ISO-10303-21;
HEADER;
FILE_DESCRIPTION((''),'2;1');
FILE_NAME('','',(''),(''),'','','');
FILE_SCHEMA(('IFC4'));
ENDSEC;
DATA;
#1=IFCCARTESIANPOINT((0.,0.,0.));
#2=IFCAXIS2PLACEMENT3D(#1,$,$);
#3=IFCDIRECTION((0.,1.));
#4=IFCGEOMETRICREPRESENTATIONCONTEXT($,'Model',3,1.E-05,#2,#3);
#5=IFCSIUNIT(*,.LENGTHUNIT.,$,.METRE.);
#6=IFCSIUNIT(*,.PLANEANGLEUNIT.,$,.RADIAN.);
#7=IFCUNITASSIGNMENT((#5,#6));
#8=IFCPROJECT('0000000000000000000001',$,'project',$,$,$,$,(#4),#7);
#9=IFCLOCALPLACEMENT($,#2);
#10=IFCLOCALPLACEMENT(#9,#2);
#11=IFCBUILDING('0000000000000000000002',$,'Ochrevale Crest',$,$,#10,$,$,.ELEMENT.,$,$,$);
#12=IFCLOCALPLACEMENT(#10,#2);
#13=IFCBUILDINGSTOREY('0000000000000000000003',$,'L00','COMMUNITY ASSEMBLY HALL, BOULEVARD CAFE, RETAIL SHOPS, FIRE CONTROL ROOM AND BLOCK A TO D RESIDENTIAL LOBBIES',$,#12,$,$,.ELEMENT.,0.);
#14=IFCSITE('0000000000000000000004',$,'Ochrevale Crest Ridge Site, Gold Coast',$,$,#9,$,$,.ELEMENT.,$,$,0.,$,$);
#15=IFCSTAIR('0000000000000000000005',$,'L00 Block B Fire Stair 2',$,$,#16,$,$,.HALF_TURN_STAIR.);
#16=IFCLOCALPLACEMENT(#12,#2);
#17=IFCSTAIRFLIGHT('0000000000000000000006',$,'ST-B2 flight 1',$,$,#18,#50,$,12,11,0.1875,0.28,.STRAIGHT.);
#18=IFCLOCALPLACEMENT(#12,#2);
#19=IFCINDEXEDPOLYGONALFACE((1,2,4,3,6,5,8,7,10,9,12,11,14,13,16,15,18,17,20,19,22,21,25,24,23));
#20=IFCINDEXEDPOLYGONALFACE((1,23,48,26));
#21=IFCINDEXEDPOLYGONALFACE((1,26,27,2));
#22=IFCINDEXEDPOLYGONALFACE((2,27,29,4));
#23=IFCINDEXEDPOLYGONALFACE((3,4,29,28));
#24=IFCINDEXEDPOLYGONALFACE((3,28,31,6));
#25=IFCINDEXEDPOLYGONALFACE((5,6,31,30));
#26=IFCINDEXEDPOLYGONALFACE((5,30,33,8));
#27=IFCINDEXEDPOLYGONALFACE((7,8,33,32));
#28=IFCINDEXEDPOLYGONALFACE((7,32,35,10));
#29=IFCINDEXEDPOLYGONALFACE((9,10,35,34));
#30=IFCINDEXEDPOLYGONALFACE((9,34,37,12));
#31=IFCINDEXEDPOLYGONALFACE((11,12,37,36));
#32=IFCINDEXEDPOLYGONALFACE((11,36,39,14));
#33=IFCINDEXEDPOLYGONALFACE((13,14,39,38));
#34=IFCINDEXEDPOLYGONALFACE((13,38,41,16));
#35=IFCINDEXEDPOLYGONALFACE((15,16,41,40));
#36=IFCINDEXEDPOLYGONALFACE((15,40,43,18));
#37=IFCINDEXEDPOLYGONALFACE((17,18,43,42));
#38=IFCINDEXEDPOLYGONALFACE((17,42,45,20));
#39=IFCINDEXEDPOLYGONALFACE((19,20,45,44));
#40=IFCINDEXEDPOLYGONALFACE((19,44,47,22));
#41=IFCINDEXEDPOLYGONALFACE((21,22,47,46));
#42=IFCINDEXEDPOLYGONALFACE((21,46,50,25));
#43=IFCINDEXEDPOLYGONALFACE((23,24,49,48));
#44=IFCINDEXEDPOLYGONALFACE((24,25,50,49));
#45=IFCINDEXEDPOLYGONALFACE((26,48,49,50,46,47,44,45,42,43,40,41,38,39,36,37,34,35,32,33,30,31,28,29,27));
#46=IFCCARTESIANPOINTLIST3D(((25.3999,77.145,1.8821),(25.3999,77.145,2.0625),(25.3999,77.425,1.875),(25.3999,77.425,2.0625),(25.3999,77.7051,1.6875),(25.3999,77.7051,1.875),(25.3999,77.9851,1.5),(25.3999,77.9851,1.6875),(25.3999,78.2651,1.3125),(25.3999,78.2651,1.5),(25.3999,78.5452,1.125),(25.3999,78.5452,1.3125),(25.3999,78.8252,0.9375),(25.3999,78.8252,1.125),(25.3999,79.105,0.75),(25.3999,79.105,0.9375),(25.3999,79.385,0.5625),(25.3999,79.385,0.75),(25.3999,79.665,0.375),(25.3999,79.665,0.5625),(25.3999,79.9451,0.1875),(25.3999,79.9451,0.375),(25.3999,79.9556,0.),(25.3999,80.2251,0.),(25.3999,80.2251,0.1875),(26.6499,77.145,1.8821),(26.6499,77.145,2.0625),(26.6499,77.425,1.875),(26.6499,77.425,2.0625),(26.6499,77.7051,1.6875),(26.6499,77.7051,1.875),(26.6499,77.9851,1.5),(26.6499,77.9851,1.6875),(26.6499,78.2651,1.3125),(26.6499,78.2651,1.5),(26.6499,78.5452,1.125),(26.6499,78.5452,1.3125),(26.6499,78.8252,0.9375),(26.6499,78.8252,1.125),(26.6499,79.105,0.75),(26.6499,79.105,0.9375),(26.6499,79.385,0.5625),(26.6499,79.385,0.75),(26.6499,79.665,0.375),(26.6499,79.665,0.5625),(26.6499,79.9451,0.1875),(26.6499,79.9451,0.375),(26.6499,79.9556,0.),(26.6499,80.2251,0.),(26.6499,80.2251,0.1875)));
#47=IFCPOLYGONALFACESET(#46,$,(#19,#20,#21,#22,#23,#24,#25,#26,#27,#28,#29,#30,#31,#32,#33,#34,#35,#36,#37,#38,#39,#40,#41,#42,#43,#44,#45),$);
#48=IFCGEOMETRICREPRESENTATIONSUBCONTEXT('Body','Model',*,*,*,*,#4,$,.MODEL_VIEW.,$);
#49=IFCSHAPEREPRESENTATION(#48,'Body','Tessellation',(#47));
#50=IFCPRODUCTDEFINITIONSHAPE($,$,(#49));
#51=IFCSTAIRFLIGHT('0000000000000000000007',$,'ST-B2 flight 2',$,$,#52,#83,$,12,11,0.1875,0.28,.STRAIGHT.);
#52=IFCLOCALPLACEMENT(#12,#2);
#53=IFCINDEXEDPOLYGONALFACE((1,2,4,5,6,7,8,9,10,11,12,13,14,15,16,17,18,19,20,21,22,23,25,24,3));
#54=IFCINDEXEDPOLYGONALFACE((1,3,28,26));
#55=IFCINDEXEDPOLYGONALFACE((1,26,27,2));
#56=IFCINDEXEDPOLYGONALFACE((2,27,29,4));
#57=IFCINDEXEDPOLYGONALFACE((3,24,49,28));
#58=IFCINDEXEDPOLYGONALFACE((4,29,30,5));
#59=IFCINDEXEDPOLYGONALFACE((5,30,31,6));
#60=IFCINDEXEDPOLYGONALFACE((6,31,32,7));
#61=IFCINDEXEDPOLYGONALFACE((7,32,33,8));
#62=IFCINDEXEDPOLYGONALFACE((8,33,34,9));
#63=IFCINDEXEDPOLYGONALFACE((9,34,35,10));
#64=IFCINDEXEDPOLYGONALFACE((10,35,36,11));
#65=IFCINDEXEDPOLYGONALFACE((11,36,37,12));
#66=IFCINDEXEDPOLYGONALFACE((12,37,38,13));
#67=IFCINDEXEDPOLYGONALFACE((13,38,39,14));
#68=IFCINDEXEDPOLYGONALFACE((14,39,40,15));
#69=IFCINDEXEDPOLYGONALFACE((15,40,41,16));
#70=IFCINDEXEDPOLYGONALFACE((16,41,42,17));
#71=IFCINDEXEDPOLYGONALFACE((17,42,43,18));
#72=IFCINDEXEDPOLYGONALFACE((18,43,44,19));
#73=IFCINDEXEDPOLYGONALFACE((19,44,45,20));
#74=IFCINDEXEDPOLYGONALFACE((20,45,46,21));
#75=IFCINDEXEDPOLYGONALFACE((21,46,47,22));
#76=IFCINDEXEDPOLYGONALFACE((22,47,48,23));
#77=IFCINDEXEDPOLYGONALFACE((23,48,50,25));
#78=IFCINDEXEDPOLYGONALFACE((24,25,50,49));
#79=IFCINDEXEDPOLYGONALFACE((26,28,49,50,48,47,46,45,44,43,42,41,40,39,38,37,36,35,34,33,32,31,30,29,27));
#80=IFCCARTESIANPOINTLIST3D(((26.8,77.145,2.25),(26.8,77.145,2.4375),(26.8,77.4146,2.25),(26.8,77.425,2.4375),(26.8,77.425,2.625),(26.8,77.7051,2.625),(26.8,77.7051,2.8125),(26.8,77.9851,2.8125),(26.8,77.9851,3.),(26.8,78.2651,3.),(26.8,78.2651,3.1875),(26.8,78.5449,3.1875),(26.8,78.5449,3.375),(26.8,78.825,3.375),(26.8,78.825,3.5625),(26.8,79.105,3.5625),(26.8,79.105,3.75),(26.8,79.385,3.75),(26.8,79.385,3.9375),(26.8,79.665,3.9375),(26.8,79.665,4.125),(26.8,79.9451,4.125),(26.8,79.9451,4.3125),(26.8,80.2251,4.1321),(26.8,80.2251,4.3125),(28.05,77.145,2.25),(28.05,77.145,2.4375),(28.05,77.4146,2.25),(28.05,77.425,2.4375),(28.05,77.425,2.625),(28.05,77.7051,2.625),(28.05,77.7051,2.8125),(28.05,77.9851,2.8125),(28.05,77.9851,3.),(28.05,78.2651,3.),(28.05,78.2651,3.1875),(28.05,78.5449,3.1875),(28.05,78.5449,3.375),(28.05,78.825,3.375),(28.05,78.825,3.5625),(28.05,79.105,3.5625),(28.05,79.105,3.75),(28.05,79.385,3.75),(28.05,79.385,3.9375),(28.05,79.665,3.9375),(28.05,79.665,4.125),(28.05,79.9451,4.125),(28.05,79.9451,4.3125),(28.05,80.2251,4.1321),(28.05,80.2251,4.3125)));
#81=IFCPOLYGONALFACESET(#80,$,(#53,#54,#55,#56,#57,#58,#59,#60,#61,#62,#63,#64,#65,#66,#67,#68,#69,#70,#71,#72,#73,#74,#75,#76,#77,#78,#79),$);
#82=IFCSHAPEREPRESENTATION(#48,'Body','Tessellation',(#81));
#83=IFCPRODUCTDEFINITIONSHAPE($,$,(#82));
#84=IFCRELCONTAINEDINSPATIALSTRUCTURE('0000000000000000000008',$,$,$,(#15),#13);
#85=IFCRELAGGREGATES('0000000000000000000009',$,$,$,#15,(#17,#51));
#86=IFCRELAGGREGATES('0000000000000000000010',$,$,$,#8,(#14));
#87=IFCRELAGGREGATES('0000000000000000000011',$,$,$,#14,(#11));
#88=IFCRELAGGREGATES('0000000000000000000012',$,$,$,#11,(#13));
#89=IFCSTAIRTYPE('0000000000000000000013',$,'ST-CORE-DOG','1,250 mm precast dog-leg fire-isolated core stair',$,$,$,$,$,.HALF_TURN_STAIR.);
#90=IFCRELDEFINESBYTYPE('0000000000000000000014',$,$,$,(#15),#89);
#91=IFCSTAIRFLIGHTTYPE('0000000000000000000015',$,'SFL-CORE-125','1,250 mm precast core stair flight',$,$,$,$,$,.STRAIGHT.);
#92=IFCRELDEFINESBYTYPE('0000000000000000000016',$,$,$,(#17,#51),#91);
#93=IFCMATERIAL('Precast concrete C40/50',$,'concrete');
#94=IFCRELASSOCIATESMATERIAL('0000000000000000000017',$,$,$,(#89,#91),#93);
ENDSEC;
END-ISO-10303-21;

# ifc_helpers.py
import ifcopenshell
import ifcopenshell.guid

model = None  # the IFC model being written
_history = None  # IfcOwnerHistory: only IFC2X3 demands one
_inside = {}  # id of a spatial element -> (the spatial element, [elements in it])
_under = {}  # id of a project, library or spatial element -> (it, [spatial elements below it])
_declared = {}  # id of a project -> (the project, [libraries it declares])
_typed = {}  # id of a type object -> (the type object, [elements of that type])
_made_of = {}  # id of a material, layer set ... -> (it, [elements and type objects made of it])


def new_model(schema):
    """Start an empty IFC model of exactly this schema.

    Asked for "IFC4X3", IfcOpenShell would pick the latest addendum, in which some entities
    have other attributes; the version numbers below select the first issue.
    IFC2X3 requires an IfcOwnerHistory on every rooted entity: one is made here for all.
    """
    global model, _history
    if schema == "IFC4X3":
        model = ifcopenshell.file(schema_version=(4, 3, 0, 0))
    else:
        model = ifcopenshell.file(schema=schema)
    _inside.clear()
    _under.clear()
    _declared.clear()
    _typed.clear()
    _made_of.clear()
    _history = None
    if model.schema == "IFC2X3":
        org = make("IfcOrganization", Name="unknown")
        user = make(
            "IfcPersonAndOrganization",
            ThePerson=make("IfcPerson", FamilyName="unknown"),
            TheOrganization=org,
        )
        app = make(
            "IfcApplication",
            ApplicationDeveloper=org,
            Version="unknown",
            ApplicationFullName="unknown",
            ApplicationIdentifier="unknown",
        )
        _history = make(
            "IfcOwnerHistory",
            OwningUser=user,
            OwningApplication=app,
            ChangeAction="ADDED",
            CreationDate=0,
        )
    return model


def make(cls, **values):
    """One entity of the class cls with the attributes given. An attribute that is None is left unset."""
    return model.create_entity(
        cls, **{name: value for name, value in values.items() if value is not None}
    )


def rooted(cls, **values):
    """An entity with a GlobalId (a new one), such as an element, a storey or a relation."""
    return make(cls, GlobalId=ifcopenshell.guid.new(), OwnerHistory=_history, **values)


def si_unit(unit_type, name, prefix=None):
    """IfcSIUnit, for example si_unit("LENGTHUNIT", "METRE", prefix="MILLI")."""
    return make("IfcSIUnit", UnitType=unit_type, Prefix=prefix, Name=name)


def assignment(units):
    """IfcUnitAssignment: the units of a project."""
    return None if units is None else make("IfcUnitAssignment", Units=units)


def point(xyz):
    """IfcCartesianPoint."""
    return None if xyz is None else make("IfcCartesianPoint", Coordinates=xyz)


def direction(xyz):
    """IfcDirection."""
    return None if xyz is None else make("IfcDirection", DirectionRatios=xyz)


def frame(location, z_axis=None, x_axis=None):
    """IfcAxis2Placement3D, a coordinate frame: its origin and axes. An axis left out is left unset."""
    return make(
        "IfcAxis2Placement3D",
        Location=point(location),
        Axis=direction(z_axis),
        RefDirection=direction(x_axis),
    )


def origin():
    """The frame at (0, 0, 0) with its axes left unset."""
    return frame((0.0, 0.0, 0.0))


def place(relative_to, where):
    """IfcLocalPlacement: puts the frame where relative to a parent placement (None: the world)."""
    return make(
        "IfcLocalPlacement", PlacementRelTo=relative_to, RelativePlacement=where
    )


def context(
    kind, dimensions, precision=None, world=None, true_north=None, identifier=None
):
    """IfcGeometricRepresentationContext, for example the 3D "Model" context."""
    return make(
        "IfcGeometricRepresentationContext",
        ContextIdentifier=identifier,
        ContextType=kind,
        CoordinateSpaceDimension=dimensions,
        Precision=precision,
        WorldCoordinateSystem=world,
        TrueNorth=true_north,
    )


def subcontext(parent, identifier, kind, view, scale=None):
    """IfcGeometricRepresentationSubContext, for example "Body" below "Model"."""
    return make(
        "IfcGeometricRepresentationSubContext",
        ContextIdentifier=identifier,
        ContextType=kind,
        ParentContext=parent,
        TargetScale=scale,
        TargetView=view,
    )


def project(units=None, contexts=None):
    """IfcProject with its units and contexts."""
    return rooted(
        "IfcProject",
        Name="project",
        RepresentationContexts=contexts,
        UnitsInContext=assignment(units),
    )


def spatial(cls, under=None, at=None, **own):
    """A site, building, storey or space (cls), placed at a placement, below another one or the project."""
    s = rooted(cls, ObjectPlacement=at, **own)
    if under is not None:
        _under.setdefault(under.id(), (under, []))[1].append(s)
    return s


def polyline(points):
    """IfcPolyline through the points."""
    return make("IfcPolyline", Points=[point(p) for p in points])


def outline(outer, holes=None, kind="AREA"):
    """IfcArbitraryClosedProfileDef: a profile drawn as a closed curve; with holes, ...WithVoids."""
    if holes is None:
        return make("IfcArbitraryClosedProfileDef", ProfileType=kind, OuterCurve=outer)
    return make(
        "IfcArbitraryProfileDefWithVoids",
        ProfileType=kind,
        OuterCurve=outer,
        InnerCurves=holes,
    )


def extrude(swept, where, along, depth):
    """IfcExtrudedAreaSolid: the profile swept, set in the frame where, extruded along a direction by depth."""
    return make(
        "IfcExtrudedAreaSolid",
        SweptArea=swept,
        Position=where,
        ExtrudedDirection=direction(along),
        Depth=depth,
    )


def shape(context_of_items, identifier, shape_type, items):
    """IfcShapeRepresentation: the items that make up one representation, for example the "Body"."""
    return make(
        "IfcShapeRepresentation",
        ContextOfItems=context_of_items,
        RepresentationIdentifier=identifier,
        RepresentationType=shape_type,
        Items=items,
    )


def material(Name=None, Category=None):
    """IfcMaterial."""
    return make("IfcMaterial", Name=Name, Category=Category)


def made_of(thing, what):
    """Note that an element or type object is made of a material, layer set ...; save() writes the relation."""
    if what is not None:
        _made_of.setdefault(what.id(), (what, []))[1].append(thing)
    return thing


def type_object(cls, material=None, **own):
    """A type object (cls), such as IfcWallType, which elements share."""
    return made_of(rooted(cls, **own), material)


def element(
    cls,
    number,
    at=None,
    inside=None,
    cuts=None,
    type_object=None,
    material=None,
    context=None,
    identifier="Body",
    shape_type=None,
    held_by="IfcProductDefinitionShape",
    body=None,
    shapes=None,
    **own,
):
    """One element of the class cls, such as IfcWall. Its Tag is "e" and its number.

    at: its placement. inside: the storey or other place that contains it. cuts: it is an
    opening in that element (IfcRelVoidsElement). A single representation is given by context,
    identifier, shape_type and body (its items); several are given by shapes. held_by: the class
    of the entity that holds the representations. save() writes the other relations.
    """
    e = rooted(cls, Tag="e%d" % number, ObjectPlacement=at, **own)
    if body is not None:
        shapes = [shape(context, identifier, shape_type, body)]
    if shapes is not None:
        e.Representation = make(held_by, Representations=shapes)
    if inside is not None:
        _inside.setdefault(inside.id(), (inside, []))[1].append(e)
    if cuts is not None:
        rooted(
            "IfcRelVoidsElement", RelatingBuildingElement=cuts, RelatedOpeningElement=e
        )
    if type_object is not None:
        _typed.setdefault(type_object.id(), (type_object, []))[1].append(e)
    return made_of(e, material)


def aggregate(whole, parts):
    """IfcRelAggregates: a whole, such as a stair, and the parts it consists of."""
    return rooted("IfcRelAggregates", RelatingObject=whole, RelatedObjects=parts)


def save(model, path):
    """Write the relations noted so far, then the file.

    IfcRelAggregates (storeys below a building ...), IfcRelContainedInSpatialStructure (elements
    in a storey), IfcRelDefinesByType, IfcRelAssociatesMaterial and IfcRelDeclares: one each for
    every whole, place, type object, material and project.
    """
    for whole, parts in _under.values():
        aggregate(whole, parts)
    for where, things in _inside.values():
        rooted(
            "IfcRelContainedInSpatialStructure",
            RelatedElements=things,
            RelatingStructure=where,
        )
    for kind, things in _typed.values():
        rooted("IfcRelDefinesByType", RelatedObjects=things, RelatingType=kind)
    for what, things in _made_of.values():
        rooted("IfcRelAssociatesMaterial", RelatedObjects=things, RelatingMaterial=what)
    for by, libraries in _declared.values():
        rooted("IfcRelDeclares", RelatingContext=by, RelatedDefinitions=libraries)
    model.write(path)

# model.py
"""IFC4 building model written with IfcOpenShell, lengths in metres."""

from ifc_helpers import new_model, si_unit, direction, frame, origin, place, context, subcontext, project, spatial, polyline, outline, extrude, material, type_object, element, aggregate, save


model = new_model("IFC4")

# Units and contexts
model_context = context("Model", 3, precision=1e-05, world=origin(), true_north=direction((0.0, 1.0)))
body_context = subcontext(model_context, "Body", "Model", "MODEL_VIEW")
ifc_project = project(units=[si_unit("LENGTHUNIT", "METRE"), si_unit("PLANEANGLEUNIT", "RADIAN")], contexts=[model_context])

# Site, building, storey
site_placement = place(None, origin())
site = spatial("IfcSite", under=ifc_project, at=site_placement, Name="Ochrevale Crest Ridge Site, Gold Coast", CompositionType="ELEMENT", RefElevation=0.0)
building_placement = place(site_placement, origin())
building = spatial("IfcBuilding", under=site, at=building_placement, Name="Ochrevale Crest", CompositionType="ELEMENT")
storey_placement = place(building_placement, origin())
storey = spatial("IfcBuildingStorey", under=building, at=storey_placement, Name="L00", Description="COMMUNITY ASSEMBLY HALL, BOULEVARD CAFE, RETAIL SHOPS, FIRE CONTROL ROOM AND BLOCK A TO D RESIDENTIAL LOBBIES", CompositionType="ELEMENT", Elevation=0.0)

# Stair, stair flights
ifc_material_1 = material(Name="Precast concrete C40/50", Category="concrete")
stair_type = type_object("IfcStairType", Name="ST-CORE-DOG", Description="1,250 mm precast dog-leg fire-isolated core stair", PredefinedType="HALF_TURN_STAIR", material=ifc_material_1)
stair_placement = place(storey_placement, origin())
stair = element("IfcStair", 1, at=stair_placement, inside=storey, type_object=stair_type, Name="L00 Block B Fire Stair 2", PredefinedType="HALF_TURN_STAIR")
stair_flight_type = type_object("IfcStairFlightType", Name="SFL-CORE-125", Description="1,250 mm precast core stair flight", PredefinedType="STRAIGHT", material=ifc_material_1)
stair_flight_1_placement = place(storey_placement, frame((26.0249, 80.2251, 0.0), z_axis=(0.0, 0.0, 1.0), x_axis=(0.0, -1.0, 0.0)))
stair_flight_1 = element("IfcStairFlight", 2, at=stair_flight_1_placement, type_object=stair_flight_type, Name="ST-B2 flight 1", NumberOfRisers=12, NumberOfTreads=11, PredefinedType="STRAIGHT", RiserHeight=0.1875, TreadLength=0.28, context=body_context, shape_type="SweptSolid", body=[
    extrude(outline(polyline([(0.0, 0.0), (0.0, 0.1875), (0.28, 0.1875), (0.28, 0.375), (0.5601, 0.375), (0.5601, 0.5625), (0.8401, 0.5625), (0.8401, 0.75), (1.1201, 0.75), (1.1201, 0.9375), (1.3999, 0.9375), (1.3999, 1.125), (1.6799, 1.125), (1.6799, 1.3125), (1.96, 1.3125), (1.96, 1.5), (2.24, 1.5), (2.24, 1.6875), (2.52, 1.6875), (2.52, 1.875), (2.8, 1.875), (2.8, 2.0625), (3.0801, 2.0625), (3.0801, 2.25), (3.0801, 1.8821), (0.2695, 0.0), (0.0, 0.0)])), frame((0.0, 0.625, 0.0), z_axis=(0.0, -1.0, 0.0), x_axis=(1.0, 0.0, 0.0)), (0.0, 0.0, 1.0), 1.25),
])
stair_flight_2_placement = place(storey_placement, frame((27.425, 77.145, 2.25), z_axis=(0.0, 0.0, 1.0), x_axis=(0.0, 1.0, 0.0)))
stair_flight_2 = element("IfcStairFlight", 3, at=stair_flight_2_placement, type_object=stair_flight_type, Name="ST-B2 flight 2", NumberOfRisers=12, NumberOfTreads=11, PredefinedType="STRAIGHT", RiserHeight=0.1875, TreadLength=0.28, context=body_context, shape_type="SweptSolid", body=[
    extrude(outline(polyline([(0.0, 0.0), (0.0, 0.1875), (0.28, 0.1875), (0.28, 0.375), (0.5601, 0.375), (0.5601, 0.5625), (0.8401, 0.5625), (0.8401, 0.75), (1.1201, 0.75), (1.1201, 0.9375), (1.3999, 0.9375), (1.3999, 1.125), (1.6799, 1.125), (1.6799, 1.3125), (1.96, 1.3125), (1.96, 1.5), (2.24, 1.5), (2.24, 1.6875), (2.52, 1.6875), (2.52, 1.875), (2.8, 1.875), (2.8, 2.0625), (3.0801, 2.0625), (3.0801, 2.25), (3.0801, 1.8821), (0.2695, 0.0), (0.0, 0.0)])), frame((0.0, 0.625, 0.0), z_axis=(0.0, -1.0, 0.0), x_axis=(1.0, 0.0, 0.0)), (0.0, 0.0, 1.0), 1.25),
])
aggregate(stair, [stair_flight_1, stair_flight_2])

save(model, "model.ifc")
